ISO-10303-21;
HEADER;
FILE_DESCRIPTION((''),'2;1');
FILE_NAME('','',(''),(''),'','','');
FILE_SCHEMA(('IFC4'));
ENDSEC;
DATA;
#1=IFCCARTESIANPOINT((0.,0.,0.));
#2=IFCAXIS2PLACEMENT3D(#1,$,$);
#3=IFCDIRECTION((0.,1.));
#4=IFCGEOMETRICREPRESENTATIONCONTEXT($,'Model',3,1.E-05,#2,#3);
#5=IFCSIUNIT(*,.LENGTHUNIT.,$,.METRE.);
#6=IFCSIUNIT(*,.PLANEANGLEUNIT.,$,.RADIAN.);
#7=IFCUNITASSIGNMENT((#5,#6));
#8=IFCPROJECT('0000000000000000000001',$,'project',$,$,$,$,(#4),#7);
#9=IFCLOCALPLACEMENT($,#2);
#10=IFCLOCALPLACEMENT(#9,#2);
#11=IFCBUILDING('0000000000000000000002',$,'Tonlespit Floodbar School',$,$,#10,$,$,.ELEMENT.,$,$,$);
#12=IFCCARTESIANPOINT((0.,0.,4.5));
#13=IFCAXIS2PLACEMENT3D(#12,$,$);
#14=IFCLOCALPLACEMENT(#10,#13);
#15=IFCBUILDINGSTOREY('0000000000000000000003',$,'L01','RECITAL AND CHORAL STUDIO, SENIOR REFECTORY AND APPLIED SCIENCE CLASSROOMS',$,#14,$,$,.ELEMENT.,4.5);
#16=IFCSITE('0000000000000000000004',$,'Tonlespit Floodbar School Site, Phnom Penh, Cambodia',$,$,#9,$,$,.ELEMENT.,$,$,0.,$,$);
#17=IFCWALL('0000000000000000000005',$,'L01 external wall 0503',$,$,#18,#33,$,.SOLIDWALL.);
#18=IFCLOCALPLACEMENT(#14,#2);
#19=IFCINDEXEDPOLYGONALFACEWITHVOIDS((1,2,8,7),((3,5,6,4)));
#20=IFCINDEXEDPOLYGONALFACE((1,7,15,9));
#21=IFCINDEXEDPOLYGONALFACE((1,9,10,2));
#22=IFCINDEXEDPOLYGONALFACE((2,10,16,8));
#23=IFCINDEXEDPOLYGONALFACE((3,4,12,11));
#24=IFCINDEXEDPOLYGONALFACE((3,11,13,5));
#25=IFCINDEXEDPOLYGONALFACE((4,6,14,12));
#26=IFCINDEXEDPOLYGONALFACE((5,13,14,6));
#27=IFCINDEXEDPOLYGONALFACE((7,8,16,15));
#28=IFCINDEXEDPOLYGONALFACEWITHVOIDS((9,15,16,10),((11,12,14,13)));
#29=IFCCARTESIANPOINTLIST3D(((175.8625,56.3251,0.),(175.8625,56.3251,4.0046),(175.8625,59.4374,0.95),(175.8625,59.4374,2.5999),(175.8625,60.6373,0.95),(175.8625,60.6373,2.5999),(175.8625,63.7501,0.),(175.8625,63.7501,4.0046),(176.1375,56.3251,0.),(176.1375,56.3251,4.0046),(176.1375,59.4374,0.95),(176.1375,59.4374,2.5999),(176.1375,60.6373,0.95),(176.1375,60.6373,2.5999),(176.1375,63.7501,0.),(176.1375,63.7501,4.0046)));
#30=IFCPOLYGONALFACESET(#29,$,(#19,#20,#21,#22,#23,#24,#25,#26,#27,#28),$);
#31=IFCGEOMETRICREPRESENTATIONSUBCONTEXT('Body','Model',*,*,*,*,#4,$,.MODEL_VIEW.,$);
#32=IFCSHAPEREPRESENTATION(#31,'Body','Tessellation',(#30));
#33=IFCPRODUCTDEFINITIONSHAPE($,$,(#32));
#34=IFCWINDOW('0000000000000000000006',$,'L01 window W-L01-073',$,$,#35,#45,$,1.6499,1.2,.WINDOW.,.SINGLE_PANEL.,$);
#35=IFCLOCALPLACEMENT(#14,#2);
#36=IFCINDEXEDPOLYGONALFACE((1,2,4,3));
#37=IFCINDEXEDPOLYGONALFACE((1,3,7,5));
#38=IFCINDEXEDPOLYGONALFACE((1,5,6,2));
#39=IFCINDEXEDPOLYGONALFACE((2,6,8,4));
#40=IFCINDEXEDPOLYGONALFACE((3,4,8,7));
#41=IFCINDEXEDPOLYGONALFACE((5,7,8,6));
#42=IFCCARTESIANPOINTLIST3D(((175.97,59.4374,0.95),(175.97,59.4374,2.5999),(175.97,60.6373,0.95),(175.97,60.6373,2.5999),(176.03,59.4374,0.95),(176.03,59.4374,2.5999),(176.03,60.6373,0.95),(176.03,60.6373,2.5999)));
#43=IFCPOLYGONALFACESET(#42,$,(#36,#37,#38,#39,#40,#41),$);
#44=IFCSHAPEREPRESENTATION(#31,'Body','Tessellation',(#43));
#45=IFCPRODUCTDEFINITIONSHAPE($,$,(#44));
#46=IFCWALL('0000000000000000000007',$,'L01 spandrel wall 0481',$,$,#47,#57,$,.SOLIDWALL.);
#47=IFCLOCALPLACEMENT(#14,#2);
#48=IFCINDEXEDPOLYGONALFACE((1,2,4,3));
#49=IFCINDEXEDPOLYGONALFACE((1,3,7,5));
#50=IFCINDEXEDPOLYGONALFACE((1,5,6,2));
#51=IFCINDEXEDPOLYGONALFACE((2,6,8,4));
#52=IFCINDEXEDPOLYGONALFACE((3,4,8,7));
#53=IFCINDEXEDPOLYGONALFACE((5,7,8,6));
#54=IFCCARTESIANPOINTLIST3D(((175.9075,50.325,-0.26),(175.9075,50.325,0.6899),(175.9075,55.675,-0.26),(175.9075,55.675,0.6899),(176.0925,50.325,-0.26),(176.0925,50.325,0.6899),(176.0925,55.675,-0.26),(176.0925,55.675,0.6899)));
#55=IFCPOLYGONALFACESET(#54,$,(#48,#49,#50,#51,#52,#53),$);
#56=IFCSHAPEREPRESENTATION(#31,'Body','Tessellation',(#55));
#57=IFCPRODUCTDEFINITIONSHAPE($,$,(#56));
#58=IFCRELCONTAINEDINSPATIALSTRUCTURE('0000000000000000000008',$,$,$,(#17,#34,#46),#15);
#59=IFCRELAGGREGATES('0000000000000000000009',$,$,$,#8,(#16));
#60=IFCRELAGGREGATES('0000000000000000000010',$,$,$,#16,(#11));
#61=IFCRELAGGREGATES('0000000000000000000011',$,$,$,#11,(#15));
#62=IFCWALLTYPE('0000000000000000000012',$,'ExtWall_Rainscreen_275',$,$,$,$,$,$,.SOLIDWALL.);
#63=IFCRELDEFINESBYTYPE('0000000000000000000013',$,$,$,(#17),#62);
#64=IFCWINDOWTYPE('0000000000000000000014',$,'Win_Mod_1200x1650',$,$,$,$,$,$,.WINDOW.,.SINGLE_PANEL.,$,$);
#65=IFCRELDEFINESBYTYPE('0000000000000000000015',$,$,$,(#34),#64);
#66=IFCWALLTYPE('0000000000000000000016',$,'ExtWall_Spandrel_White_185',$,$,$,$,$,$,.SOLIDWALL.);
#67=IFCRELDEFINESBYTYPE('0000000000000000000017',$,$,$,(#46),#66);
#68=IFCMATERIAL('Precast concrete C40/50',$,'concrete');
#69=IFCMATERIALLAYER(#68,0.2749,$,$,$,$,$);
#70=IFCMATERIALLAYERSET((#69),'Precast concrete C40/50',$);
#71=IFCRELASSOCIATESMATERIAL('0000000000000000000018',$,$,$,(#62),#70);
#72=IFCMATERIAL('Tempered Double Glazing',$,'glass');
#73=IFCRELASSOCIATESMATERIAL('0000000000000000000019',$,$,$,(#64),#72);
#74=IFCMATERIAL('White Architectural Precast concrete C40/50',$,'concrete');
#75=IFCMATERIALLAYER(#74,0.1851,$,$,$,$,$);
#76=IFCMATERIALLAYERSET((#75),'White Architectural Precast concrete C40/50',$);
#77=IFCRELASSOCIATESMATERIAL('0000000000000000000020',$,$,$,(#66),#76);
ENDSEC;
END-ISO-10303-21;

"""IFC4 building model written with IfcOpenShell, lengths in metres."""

from ifc_helpers import new_model, si_unit, direction, frame, frame_2d, origin, place, context, subcontext, project, spatial, rectangle, extrude, material, layer, layer_set, type_object, element, fill, save


model = new_model("IFC4")

# Units and contexts
model_context = context("Model", 3, precision=1e-05, world=origin(), true_north=direction((0.0, 1.0)))
body_context = subcontext(model_context, "Body", "Model", "MODEL_VIEW")
ifc_project = project(units=[si_unit("LENGTHUNIT", "METRE"), si_unit("PLANEANGLEUNIT", "RADIAN")], contexts=[model_context])

# Site, building, storey
site_placement = place(None, origin())
site = spatial("IfcSite", under=ifc_project, at=site_placement, Name="Tonlespit Floodbar School Site, Phnom Penh, Cambodia", CompositionType="ELEMENT", RefElevation=0.0)
building_placement = place(site_placement, origin())
building = spatial("IfcBuilding", under=site, at=building_placement, Name="Tonlespit Floodbar School", CompositionType="ELEMENT")
storey_placement = place(building_placement, frame((0.0, 0.0, 4.5)))
storey = spatial("IfcBuildingStorey", under=building, at=storey_placement, Name="L01", Description="RECITAL AND CHORAL STUDIO, SENIOR REFECTORY AND APPLIED SCIENCE CLASSROOMS", CompositionType="ELEMENT", Elevation=4.5)

# Wall, opening, window
ifc_material_1 = material(Name="Precast concrete C40/50", Category="concrete")
ifc_layer_1 = layer(ifc_material_1, 0.2749)
ifc_layer_set_1 = layer_set([ifc_layer_1], Name="Precast concrete C40/50")
wall_type_1 = type_object("IfcWallType", Name="ExtWall_Rainscreen_275", PredefinedType="SOLIDWALL", material=ifc_layer_set_1)
wall_1_placement = place(storey_placement, frame((176.0, 63.75, 0.0), z_axis=(0.0, 0.0, 1.0), x_axis=(0.0, -1.0, 0.0)))
wall_1 = element("IfcWall", 1, at=wall_1_placement, inside=storey, type_object=wall_type_1, Name="L01 external wall 0503", PredefinedType="SOLIDWALL", context=body_context, shape_type="SweptSolid", body=[
    extrude(rectangle(XDim=7.425, YDim=0.2749, at=frame_2d((3.7124, 0.0))), origin(), (0.0, 0.0, 1.0), 4.0046),
])
opening_placement = place(wall_1_placement, frame((3.1125, 0.0, 0.95)))
opening = element("IfcOpeningElement", 2, at=opening_placement, cuts=wall_1, PredefinedType="OPENING", context=body_context, shape_type="SweptSolid", body=[
    extrude(rectangle(XDim=1.2, YDim=1.6499, at=frame_2d((0.6001, 0.825))), frame((0.0, 0.1475, 0.0), z_axis=(0.0, -1.0, 0.0), x_axis=(1.0, 0.0, 0.0)), (0.0, 0.0, 1.0), 0.2949),
])
ifc_material_2 = material(Name="Tempered Double Glazing", Category="glass")
window_type = type_object("IfcWindowType", Name="Win_Mod_1200x1650", PartitioningType="SINGLE_PANEL", PredefinedType="WINDOW", material=ifc_material_2)
window_placement = place(opening_placement, origin())
window = element("IfcWindow", 3, at=window_placement, inside=storey, type_object=window_type, Name="L01 window W-L01-073", OverallHeight=1.6499, OverallWidth=1.2, PartitioningType="SINGLE_PANEL", PredefinedType="WINDOW", context=body_context, shape_type="SweptSolid", body=[
    extrude(rectangle(XDim=1.2, YDim=1.6499, at=frame_2d((0.6001, 0.825))), frame((0.0, 0.03, 0.0), z_axis=(0.0, -1.0, 0.0), x_axis=(1.0, 0.0, 0.0)), (0.0, 0.0, 1.0), 0.0601),
])
fill(opening, window)

# Wall
ifc_material_3 = material(Name="White Architectural Precast concrete C40/50", Category="concrete")
ifc_layer_2 = layer(ifc_material_3, 0.1851)
ifc_layer_set_2 = layer_set([ifc_layer_2], Name="White Architectural Precast concrete C40/50")
wall_type_2 = type_object("IfcWallType", Name="ExtWall_Spandrel_White_185", PredefinedType="SOLIDWALL", material=ifc_layer_set_2)
wall_2_placement = place(storey_placement, frame((176.0, 55.675, -0.26), z_axis=(0.0, 0.0, 1.0), x_axis=(0.0, -1.0, 0.0)))
element("IfcWall", 4, at=wall_2_placement, inside=storey, type_object=wall_type_2, Name="L01 spandrel wall 0481", PredefinedType="SOLIDWALL", context=body_context, shape_type="SweptSolid", body=[
    extrude(rectangle(XDim=5.3501, YDim=0.1851, at=frame_2d((2.675, 0.0))), origin(), (0.0, 0.0, 1.0), 0.95),
])

save(model, "model.ifc")
